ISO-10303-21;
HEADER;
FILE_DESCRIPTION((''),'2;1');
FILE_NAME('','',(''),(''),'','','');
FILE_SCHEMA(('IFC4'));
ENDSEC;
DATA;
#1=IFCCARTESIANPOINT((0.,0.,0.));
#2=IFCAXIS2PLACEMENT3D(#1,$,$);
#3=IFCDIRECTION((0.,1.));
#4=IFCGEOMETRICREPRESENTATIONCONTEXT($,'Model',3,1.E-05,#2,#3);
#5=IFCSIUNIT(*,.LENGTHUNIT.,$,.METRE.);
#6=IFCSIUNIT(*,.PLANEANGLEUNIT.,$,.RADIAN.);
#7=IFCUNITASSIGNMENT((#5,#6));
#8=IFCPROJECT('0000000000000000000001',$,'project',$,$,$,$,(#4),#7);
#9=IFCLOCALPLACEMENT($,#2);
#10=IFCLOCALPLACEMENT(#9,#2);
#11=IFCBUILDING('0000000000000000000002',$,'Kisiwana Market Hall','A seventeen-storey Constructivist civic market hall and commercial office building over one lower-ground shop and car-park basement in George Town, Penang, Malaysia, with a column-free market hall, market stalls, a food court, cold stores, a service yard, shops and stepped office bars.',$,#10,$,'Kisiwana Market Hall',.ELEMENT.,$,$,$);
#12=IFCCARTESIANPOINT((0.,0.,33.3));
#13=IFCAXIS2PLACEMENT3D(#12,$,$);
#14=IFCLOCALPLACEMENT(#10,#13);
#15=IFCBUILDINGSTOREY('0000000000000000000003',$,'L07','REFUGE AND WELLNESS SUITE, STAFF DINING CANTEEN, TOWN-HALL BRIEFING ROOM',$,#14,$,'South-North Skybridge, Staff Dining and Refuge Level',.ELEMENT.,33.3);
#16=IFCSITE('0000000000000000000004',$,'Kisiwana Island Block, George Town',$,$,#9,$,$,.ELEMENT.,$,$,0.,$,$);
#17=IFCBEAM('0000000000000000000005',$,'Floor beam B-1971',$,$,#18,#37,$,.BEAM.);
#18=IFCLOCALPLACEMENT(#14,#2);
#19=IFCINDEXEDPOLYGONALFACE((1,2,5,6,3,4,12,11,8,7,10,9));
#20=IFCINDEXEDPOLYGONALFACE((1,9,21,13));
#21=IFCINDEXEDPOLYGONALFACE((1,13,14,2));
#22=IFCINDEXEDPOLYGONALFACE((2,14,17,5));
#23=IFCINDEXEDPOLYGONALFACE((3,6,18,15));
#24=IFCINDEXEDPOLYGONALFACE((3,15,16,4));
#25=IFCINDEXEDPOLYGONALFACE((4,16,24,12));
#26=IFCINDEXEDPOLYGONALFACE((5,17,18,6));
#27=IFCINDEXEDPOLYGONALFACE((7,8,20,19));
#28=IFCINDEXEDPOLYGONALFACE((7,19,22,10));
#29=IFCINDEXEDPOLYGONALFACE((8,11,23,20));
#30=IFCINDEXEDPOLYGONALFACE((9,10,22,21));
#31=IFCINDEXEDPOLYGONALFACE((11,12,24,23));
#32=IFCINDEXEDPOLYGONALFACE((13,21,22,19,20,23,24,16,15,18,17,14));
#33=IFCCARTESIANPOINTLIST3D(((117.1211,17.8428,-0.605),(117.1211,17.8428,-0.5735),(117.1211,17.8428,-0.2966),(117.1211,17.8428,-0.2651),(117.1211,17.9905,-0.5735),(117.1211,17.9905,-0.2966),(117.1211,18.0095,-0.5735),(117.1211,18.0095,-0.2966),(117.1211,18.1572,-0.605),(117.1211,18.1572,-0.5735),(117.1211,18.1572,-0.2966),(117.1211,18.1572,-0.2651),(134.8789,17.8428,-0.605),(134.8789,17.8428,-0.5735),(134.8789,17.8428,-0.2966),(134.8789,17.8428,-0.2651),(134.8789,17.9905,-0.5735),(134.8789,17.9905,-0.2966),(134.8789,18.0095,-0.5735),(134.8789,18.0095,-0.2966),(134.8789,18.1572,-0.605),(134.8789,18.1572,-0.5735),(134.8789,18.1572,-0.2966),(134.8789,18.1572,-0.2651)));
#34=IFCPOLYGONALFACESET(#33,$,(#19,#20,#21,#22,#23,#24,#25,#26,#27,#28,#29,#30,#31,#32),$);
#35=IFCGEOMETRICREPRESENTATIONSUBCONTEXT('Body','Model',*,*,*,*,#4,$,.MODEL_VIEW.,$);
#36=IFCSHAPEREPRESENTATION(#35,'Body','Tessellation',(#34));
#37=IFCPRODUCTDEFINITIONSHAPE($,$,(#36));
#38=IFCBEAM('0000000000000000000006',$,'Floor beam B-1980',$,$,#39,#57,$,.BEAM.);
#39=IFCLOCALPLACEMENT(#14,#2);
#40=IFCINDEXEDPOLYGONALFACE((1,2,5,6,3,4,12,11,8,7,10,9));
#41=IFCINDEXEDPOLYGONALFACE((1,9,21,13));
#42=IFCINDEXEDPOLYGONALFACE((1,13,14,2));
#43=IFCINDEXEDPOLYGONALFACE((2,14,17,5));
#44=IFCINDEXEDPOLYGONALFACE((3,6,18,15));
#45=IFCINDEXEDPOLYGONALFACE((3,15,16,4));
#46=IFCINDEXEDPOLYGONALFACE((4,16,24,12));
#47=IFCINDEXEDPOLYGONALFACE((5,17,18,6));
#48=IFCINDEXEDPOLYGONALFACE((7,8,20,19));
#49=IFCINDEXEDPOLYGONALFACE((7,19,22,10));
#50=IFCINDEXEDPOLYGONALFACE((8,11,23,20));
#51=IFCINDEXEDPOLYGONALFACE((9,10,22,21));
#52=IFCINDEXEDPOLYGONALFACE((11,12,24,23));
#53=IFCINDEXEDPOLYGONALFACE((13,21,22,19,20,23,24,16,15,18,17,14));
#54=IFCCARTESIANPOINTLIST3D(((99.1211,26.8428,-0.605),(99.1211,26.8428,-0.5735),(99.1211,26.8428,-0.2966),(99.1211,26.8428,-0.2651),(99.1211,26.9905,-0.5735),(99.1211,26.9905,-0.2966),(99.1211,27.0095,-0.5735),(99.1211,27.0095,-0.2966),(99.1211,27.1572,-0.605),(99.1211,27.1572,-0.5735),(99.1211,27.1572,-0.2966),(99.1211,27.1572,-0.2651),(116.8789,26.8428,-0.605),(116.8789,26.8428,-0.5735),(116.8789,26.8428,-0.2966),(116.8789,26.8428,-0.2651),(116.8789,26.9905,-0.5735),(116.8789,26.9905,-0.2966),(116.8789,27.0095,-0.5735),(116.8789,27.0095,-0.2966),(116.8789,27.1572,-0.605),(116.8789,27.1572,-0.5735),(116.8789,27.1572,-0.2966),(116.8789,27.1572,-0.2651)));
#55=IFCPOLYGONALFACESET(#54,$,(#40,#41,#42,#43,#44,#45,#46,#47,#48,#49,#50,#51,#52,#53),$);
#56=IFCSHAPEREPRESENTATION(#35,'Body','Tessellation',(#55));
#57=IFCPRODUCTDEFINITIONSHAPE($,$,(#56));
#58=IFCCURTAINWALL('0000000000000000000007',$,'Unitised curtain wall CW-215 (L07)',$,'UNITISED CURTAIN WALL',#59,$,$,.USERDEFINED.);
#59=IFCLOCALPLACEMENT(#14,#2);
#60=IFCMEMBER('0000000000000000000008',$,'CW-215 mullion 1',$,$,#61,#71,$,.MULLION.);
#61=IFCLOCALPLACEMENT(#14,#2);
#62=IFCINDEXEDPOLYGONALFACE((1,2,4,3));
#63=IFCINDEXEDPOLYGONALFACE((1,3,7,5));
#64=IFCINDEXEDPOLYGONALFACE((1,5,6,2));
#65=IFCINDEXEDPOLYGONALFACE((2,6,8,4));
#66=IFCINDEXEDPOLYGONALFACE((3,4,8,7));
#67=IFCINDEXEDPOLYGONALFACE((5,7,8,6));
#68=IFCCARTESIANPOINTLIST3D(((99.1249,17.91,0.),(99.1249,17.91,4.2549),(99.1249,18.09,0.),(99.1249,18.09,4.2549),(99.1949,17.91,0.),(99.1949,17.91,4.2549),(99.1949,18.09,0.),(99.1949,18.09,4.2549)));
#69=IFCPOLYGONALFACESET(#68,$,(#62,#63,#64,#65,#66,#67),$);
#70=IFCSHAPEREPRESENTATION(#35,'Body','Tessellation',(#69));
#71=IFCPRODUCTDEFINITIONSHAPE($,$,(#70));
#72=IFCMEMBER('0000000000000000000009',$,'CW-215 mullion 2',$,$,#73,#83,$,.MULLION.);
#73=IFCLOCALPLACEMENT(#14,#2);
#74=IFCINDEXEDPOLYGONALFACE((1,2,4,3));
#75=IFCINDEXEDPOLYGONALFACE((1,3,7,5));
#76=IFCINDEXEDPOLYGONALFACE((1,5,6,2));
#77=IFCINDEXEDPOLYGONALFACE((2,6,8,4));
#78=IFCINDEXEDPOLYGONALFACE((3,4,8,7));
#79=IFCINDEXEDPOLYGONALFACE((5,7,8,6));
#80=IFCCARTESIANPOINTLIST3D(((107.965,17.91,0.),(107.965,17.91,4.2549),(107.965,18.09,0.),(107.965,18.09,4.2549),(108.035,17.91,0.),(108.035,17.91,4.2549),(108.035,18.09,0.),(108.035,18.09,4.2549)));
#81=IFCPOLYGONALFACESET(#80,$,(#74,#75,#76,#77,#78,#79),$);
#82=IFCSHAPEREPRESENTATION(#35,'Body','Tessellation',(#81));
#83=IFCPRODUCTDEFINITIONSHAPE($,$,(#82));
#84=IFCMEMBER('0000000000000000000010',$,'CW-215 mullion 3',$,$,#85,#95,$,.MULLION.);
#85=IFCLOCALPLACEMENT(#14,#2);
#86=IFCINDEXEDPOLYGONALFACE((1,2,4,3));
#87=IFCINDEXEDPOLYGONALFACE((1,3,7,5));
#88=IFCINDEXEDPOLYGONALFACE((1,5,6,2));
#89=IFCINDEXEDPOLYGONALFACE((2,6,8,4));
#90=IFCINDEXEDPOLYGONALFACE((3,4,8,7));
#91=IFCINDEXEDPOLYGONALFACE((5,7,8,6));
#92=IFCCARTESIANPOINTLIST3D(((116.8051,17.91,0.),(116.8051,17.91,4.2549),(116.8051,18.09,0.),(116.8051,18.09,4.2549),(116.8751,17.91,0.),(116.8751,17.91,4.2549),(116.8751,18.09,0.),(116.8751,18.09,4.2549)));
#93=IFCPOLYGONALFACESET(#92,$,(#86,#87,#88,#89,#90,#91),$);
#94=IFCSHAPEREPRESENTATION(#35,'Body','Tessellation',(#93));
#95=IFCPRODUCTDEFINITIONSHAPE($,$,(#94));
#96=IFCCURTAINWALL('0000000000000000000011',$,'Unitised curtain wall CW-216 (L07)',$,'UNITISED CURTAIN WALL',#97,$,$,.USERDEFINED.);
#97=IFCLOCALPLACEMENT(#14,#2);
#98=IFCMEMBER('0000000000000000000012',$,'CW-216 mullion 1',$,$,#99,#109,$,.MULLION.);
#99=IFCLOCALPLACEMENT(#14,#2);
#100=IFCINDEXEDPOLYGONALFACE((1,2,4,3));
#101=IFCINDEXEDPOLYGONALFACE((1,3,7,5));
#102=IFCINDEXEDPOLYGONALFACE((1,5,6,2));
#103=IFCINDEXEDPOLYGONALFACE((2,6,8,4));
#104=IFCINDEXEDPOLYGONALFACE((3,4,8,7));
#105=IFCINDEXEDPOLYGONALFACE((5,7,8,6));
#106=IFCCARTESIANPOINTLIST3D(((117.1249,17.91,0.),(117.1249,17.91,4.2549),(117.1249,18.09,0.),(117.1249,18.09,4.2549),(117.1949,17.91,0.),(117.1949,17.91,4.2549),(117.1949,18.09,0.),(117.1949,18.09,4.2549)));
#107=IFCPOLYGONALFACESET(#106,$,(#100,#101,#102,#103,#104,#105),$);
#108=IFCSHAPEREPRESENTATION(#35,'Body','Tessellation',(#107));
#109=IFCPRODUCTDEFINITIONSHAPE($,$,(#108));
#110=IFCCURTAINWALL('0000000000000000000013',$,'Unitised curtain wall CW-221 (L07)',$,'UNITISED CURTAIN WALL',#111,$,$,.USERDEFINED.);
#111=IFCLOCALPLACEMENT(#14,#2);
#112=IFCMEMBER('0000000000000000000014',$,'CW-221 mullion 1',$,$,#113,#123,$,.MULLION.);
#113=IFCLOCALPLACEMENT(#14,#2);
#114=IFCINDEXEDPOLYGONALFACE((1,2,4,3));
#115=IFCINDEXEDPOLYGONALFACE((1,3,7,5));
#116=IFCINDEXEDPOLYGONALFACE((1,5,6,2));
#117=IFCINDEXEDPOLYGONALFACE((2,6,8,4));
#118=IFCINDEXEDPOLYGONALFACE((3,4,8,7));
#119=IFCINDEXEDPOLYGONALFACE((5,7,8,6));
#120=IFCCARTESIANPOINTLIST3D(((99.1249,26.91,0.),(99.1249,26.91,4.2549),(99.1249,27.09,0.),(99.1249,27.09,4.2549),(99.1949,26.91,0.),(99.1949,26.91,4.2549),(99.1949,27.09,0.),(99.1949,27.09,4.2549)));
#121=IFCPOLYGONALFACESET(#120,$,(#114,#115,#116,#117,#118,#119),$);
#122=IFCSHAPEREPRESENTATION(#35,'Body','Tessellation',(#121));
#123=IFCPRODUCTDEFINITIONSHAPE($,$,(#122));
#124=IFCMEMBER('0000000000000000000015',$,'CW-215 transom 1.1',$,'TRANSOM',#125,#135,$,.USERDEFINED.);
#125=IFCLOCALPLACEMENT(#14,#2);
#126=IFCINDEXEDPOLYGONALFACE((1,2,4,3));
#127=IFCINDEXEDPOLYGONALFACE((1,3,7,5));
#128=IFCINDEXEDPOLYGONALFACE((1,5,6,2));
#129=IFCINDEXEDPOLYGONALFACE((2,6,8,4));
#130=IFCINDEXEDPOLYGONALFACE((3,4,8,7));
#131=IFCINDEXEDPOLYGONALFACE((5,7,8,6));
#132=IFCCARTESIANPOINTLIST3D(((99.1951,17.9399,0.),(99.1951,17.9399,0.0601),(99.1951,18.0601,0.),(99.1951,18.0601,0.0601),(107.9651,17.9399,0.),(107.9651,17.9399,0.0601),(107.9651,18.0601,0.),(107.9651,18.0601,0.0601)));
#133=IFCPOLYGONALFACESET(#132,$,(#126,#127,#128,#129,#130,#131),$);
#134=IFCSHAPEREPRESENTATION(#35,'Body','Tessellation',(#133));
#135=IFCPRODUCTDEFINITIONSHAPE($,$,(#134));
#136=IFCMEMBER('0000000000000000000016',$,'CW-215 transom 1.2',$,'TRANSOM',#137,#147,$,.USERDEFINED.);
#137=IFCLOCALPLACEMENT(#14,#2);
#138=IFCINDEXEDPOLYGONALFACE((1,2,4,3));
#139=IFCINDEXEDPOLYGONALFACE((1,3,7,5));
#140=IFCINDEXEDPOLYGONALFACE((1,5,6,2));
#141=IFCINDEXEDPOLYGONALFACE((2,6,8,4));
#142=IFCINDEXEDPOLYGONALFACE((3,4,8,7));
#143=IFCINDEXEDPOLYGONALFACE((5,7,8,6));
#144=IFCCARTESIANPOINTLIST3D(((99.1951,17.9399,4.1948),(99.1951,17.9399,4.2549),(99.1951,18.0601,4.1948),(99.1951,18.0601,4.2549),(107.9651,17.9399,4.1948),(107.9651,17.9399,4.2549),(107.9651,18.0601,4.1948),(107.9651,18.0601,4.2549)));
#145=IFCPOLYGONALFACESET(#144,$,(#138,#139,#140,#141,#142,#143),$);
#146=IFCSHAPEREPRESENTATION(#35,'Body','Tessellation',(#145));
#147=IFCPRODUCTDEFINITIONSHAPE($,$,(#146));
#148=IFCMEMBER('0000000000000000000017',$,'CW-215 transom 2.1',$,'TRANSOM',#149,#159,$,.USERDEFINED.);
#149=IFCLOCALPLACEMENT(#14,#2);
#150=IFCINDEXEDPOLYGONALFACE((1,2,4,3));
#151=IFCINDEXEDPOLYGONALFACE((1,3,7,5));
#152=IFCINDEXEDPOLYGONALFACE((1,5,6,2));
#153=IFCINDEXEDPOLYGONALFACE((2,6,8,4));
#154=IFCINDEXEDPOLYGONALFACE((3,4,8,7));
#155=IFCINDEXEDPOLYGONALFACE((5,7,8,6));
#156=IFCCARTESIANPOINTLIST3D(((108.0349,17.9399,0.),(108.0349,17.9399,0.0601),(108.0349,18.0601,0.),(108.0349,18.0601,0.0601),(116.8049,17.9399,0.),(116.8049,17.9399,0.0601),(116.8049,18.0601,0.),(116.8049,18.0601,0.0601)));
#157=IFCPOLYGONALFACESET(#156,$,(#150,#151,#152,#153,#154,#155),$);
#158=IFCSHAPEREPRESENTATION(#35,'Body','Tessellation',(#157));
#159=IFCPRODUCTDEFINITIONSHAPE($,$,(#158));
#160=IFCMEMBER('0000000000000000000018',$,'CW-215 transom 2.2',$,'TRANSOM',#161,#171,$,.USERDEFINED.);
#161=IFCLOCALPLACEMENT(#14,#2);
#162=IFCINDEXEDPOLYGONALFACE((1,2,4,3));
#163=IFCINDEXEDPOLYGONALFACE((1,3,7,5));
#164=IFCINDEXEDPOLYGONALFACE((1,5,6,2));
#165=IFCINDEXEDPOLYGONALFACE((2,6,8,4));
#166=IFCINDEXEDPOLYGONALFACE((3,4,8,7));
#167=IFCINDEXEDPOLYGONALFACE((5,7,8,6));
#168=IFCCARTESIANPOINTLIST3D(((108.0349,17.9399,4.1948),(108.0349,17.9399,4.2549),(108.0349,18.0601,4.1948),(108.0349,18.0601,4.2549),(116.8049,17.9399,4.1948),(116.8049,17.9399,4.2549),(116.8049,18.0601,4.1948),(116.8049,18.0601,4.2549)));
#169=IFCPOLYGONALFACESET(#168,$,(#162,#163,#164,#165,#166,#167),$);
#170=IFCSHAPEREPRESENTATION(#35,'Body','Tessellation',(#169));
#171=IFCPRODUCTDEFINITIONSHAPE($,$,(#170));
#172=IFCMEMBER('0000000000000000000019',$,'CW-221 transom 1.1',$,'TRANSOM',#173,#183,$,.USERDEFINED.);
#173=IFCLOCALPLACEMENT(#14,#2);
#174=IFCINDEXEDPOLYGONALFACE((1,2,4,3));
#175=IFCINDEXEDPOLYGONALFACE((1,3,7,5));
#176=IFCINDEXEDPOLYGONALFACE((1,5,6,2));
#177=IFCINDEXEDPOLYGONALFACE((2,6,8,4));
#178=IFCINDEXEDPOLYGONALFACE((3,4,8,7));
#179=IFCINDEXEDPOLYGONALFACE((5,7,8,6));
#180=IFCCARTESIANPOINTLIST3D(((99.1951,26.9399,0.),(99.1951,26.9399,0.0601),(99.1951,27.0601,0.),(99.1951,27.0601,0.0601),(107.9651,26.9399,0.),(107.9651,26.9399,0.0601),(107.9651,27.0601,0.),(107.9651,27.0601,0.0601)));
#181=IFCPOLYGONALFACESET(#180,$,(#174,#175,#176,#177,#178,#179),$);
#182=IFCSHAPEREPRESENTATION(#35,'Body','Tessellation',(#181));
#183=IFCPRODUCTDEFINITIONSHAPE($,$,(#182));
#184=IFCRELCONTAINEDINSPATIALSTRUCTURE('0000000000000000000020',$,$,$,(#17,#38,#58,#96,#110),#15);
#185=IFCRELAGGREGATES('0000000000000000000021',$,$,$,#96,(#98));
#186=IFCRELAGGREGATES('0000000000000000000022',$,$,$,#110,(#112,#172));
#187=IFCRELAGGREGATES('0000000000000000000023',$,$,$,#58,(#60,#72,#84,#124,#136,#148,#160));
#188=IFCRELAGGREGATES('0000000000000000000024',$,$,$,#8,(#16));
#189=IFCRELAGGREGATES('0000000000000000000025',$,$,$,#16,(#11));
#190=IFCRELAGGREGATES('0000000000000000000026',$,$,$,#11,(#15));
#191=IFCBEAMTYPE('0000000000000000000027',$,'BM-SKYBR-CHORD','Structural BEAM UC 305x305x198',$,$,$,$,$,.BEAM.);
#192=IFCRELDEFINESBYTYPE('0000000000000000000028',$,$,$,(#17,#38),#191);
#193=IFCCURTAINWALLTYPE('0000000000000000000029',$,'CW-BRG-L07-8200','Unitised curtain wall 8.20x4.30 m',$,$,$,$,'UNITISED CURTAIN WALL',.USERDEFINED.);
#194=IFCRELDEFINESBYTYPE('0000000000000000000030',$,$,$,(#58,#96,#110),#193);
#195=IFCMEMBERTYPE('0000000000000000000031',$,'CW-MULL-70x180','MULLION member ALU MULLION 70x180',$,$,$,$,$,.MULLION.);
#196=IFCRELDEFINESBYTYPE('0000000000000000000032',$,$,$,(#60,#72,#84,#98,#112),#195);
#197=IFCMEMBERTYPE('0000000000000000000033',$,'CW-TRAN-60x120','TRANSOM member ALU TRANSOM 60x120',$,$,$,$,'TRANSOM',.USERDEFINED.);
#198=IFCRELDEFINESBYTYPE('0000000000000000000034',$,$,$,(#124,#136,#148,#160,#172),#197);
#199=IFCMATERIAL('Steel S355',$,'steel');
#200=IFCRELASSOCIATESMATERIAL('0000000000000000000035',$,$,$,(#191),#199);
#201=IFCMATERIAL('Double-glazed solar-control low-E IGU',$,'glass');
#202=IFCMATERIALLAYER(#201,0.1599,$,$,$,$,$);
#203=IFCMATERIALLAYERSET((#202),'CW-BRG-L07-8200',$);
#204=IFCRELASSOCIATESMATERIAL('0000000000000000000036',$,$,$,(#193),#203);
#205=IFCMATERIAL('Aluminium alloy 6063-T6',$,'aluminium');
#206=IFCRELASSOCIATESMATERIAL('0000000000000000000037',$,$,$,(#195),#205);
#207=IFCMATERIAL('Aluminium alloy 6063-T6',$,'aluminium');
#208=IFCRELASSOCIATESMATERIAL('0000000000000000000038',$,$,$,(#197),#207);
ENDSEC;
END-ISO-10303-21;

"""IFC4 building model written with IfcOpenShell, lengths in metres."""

from ifc_helpers import new_model, si_unit, direction, frame, origin, origin_2d, place, context, subcontext, project, spatial, rectangle, i_section, extrude, material, layer, layer_set, material_profile, profile_set, type_object, element, aggregate, save


model = new_model("IFC4")

# Units and contexts
model_context = context("Model", 3, precision=1e-05, world=origin(), true_north=direction((0.0, 1.0)))
body_context = subcontext(model_context, "Body", "Model", "MODEL_VIEW")
ifc_project = project(units=[si_unit("LENGTHUNIT", "METRE"), si_unit("PLANEANGLEUNIT", "RADIAN")], contexts=[model_context])

# Site, building, storey
site_placement = place(None, origin())
site = spatial("IfcSite", under=ifc_project, at=site_placement, Name="Kisiwana Island Block, George Town", CompositionType="ELEMENT", RefElevation=0.0)
building_placement = place(site_placement, origin())
building = spatial("IfcBuilding", under=site, at=building_placement, Name="Kisiwana Market Hall", Description="A seventeen-storey Constructivist civic market hall and commercial office building over one lower-ground shop and car-park basement in George Town, Penang, Malaysia, with a column-free market hall, market stalls, a food court, cold stores, a service yard, shops and stepped office bars.", LongName="Kisiwana Market Hall", CompositionType="ELEMENT")
storey_placement = place(building_placement, frame((0.0, 0.0, 33.3)))
storey = spatial("IfcBuildingStorey", under=building, at=storey_placement, Name="L07", Description="REFUGE AND WELLNESS SUITE, STAFF DINING CANTEEN, TOWN-HALL BRIEFING ROOM", LongName="South-North Skybridge, Staff Dining and Refuge Level", CompositionType="ELEMENT", Elevation=33.3)

# Beams
ifc_material_1 = material(Name="Steel S355", Category="steel")
ifc_material_profile_1 = material_profile(ifc_material_1, i_section(OverallWidth=0.3145, OverallDepth=0.3398, WebThickness=0.019, FlangeThickness=0.0315, at=origin_2d()), Name="UC 305x305x198")
ifc_profile_set_1 = profile_set([ifc_material_profile_1], Name="Steel S355")
beam_type_1 = type_object("IfcBeamType", Name="BM-SKYBR-CHORD", Description="Structural BEAM UC 305x305x198", PredefinedType="BEAM", material=ifc_profile_set_1)
for number, where, z_axis, x_axis, name in (
    (1, (117.1211, 18.0, -0.4351), (1.0, 0.0, 0.0), (0.0, 1.0, 0.0), "Floor beam B-1971"),
    (2, (99.1211, 27.0, -0.4351), (1.0, 0.0, 0.0), (0.0, 1.0, 0.0), "Floor beam B-1980"),
):
    element("IfcBeam", number, at=place(storey_placement, frame(where, z_axis=z_axis, x_axis=x_axis)), inside=storey, type_object=beam_type_1, Name=name, PredefinedType="BEAM", context=body_context, shape_type="SweptSolid", body=[
        extrude(i_section(OverallWidth=0.3145, OverallDepth=0.3398, WebThickness=0.019, FlangeThickness=0.0315, at=origin_2d()), origin(), (0.0, 0.0, 1.0), 17.7578),
    ])

# Curtain wall, members
ifc_material_2 = material(Name="Double-glazed solar-control low-E IGU", Category="glass")
ifc_layer_1 = layer(ifc_material_2, 0.1599)
ifc_layer_set_1 = layer_set([ifc_layer_1], Name="CW-BRG-L07-8200")
curtain_wall_type = type_object("IfcCurtainWallType", Name="CW-BRG-L07-8200", Description="Unitised curtain wall 8.20x4.30 m", ElementType="UNITISED CURTAIN WALL", PredefinedType="USERDEFINED", material=ifc_layer_set_1)
curtain_wall_1_placement = place(storey_placement, origin())
curtain_wall_1 = element("IfcCurtainWall", 3, at=curtain_wall_1_placement, inside=storey, type_object=curtain_wall_type, Name="Unitised curtain wall CW-215 (L07)", ObjectType="UNITISED CURTAIN WALL", PredefinedType="USERDEFINED")
ifc_material_3 = material(Name="Aluminium alloy 6063-T6", Category="aluminium")
ifc_material_profile_2 = material_profile(ifc_material_3, rectangle(XDim=0.0701, YDim=0.1799, at=origin_2d()), Name="ALU MULLION 70x180")
ifc_profile_set_2 = profile_set([ifc_material_profile_2], Name="Aluminium alloy 6063-T6")
member_type_1 = type_object("IfcMemberType", Name="CW-MULL-70x180", Description="MULLION member ALU MULLION 70x180", PredefinedType="MULLION", material=ifc_profile_set_2)
member_1_placement = place(storey_placement, frame((99.1599, 18.0, 0.0), z_axis=(0.0, 0.0, 1.0), x_axis=(1.0, 0.0, 0.0)))
member_1 = element("IfcMember", 4, at=member_1_placement, type_object=member_type_1, Name="CW-215 mullion 1", PredefinedType="MULLION", context=body_context, shape_type="SweptSolid", body=[
    extrude(rectangle(XDim=0.0701, YDim=0.1799, at=origin_2d()), origin(), (0.0, 0.0, 1.0), 4.2549),
])
member_2_placement = place(storey_placement, frame((108.0, 18.0, 0.0), z_axis=(0.0, 0.0, 1.0), x_axis=(1.0, 0.0, 0.0)))
member_2 = element("IfcMember", 5, at=member_2_placement, type_object=member_type_1, Name="CW-215 mullion 2", PredefinedType="MULLION", context=body_context, shape_type="SweptSolid", body=[
    extrude(rectangle(XDim=0.0701, YDim=0.1799, at=origin_2d()), origin(), (0.0, 0.0, 1.0), 4.2549),
])
member_3_placement = place(storey_placement, frame((116.8401, 18.0, 0.0), z_axis=(0.0, 0.0, 1.0), x_axis=(1.0, 0.0, 0.0)))
member_3 = element("IfcMember", 6, at=member_3_placement, type_object=member_type_1, Name="CW-215 mullion 3", PredefinedType="MULLION", context=body_context, shape_type="SweptSolid", body=[
    extrude(rectangle(XDim=0.0701, YDim=0.1799, at=origin_2d()), origin(), (0.0, 0.0, 1.0), 4.2549),
])

# Curtain walls, members
curtain_wall_2_placement = place(storey_placement, origin())
curtain_wall_2 = element("IfcCurtainWall", 7, at=curtain_wall_2_placement, inside=storey, type_object=curtain_wall_type, Name="Unitised curtain wall CW-216 (L07)", ObjectType="UNITISED CURTAIN WALL", PredefinedType="USERDEFINED")
member_4_placement = place(storey_placement, frame((117.1599, 18.0, 0.0), z_axis=(0.0, 0.0, 1.0), x_axis=(1.0, 0.0, 0.0)))
member_4 = element("IfcMember", 8, at=member_4_placement, type_object=member_type_1, Name="CW-216 mullion 1", PredefinedType="MULLION", context=body_context, shape_type="SweptSolid", body=[
    extrude(rectangle(XDim=0.0701, YDim=0.1799, at=origin_2d()), origin(), (0.0, 0.0, 1.0), 4.2549),
])
aggregate(curtain_wall_2, [member_4])
curtain_wall_3_placement = place(storey_placement, origin())
curtain_wall_3 = element("IfcCurtainWall", 9, at=curtain_wall_3_placement, inside=storey, type_object=curtain_wall_type, Name="Unitised curtain wall CW-221 (L07)", ObjectType="UNITISED CURTAIN WALL", PredefinedType="USERDEFINED")
member_5_placement = place(storey_placement, frame((99.1599, 27.0, 0.0), z_axis=(0.0, 0.0, 1.0), x_axis=(1.0, 0.0, 0.0)))
member_5 = element("IfcMember", 10, at=member_5_placement, type_object=member_type_1, Name="CW-221 mullion 1", PredefinedType="MULLION", context=body_context, shape_type="SweptSolid", body=[
    extrude(rectangle(XDim=0.0701, YDim=0.1799, at=origin_2d()), origin(), (0.0, 0.0, 1.0), 4.2549),
])

# Members
ifc_material_4 = material(Name="Aluminium alloy 6063-T6", Category="aluminium")
ifc_material_profile_3 = material_profile(ifc_material_4, rectangle(XDim=0.1201, YDim=0.0601, at=origin_2d()), Name="ALU TRANSOM 60x120")
ifc_profile_set_3 = profile_set([ifc_material_profile_3], Name="Aluminium alloy 6063-T6")
member_type_2 = type_object("IfcMemberType", Name="CW-TRAN-60x120", Description="TRANSOM member ALU TRANSOM 60x120", ElementType="TRANSOM", PredefinedType="USERDEFINED", material=ifc_profile_set_3)
member_6_placement = place(storey_placement, frame((99.1951, 18.0, 0.03), z_axis=(1.0, 0.0, 0.0), x_axis=(0.0, 1.0, 0.0)))
member_6 = element("IfcMember", 11, at=member_6_placement, type_object=member_type_2, Name="CW-215 transom 1.1", ObjectType="TRANSOM", PredefinedType="USERDEFINED", context=body_context, shape_type="SweptSolid", body=[
    extrude(rectangle(XDim=0.1201, YDim=0.0601, at=origin_2d()), origin(), (0.0, 0.0, 1.0), 8.77),
])
member_7_placement = place(storey_placement, frame((99.1951, 18.0, 4.2249), z_axis=(1.0, 0.0, 0.0), x_axis=(0.0, 1.0, 0.0)))
member_7 = element("IfcMember", 12, at=member_7_placement, type_object=member_type_2, Name="CW-215 transom 1.2", ObjectType="TRANSOM", PredefinedType="USERDEFINED", context=body_context, shape_type="SweptSolid", body=[
    extrude(rectangle(XDim=0.1201, YDim=0.0601, at=origin_2d()), origin(), (0.0, 0.0, 1.0), 8.77),
])
member_8_placement = place(storey_placement, frame((108.0349, 18.0, 0.03), z_axis=(1.0, 0.0, 0.0), x_axis=(0.0, 1.0, 0.0)))
member_8 = element("IfcMember", 13, at=member_8_placement, type_object=member_type_2, Name="CW-215 transom 2.1", ObjectType="TRANSOM", PredefinedType="USERDEFINED", context=body_context, shape_type="SweptSolid", body=[
    extrude(rectangle(XDim=0.1201, YDim=0.0601, at=origin_2d()), origin(), (0.0, 0.0, 1.0), 8.77),
])
member_9_placement = place(storey_placement, frame((108.0349, 18.0, 4.2249), z_axis=(1.0, 0.0, 0.0), x_axis=(0.0, 1.0, 0.0)))
member_9 = element("IfcMember", 14, at=member_9_placement, type_object=member_type_2, Name="CW-215 transom 2.2", ObjectType="TRANSOM", PredefinedType="USERDEFINED", context=body_context, shape_type="SweptSolid", body=[
    extrude(rectangle(XDim=0.1201, YDim=0.0601, at=origin_2d()), origin(), (0.0, 0.0, 1.0), 8.77),
])
member_10_placement = place(storey_placement, frame((99.1951, 27.0, 0.03), z_axis=(1.0, 0.0, 0.0), x_axis=(0.0, 1.0, 0.0)))
member_10 = element("IfcMember", 15, at=member_10_placement, type_object=member_type_2, Name="CW-221 transom 1.1", ObjectType="TRANSOM", PredefinedType="USERDEFINED", context=body_context, shape_type="SweptSolid", body=[
    extrude(rectangle(XDim=0.1201, YDim=0.0601, at=origin_2d()), origin(), (0.0, 0.0, 1.0), 8.77),
])
aggregate(curtain_wall_3, [member_5, member_10])

aggregate(curtain_wall_1, [member_1, member_2, member_3, member_6, member_7, member_8, member_9])

save(model, "model.ifc")
